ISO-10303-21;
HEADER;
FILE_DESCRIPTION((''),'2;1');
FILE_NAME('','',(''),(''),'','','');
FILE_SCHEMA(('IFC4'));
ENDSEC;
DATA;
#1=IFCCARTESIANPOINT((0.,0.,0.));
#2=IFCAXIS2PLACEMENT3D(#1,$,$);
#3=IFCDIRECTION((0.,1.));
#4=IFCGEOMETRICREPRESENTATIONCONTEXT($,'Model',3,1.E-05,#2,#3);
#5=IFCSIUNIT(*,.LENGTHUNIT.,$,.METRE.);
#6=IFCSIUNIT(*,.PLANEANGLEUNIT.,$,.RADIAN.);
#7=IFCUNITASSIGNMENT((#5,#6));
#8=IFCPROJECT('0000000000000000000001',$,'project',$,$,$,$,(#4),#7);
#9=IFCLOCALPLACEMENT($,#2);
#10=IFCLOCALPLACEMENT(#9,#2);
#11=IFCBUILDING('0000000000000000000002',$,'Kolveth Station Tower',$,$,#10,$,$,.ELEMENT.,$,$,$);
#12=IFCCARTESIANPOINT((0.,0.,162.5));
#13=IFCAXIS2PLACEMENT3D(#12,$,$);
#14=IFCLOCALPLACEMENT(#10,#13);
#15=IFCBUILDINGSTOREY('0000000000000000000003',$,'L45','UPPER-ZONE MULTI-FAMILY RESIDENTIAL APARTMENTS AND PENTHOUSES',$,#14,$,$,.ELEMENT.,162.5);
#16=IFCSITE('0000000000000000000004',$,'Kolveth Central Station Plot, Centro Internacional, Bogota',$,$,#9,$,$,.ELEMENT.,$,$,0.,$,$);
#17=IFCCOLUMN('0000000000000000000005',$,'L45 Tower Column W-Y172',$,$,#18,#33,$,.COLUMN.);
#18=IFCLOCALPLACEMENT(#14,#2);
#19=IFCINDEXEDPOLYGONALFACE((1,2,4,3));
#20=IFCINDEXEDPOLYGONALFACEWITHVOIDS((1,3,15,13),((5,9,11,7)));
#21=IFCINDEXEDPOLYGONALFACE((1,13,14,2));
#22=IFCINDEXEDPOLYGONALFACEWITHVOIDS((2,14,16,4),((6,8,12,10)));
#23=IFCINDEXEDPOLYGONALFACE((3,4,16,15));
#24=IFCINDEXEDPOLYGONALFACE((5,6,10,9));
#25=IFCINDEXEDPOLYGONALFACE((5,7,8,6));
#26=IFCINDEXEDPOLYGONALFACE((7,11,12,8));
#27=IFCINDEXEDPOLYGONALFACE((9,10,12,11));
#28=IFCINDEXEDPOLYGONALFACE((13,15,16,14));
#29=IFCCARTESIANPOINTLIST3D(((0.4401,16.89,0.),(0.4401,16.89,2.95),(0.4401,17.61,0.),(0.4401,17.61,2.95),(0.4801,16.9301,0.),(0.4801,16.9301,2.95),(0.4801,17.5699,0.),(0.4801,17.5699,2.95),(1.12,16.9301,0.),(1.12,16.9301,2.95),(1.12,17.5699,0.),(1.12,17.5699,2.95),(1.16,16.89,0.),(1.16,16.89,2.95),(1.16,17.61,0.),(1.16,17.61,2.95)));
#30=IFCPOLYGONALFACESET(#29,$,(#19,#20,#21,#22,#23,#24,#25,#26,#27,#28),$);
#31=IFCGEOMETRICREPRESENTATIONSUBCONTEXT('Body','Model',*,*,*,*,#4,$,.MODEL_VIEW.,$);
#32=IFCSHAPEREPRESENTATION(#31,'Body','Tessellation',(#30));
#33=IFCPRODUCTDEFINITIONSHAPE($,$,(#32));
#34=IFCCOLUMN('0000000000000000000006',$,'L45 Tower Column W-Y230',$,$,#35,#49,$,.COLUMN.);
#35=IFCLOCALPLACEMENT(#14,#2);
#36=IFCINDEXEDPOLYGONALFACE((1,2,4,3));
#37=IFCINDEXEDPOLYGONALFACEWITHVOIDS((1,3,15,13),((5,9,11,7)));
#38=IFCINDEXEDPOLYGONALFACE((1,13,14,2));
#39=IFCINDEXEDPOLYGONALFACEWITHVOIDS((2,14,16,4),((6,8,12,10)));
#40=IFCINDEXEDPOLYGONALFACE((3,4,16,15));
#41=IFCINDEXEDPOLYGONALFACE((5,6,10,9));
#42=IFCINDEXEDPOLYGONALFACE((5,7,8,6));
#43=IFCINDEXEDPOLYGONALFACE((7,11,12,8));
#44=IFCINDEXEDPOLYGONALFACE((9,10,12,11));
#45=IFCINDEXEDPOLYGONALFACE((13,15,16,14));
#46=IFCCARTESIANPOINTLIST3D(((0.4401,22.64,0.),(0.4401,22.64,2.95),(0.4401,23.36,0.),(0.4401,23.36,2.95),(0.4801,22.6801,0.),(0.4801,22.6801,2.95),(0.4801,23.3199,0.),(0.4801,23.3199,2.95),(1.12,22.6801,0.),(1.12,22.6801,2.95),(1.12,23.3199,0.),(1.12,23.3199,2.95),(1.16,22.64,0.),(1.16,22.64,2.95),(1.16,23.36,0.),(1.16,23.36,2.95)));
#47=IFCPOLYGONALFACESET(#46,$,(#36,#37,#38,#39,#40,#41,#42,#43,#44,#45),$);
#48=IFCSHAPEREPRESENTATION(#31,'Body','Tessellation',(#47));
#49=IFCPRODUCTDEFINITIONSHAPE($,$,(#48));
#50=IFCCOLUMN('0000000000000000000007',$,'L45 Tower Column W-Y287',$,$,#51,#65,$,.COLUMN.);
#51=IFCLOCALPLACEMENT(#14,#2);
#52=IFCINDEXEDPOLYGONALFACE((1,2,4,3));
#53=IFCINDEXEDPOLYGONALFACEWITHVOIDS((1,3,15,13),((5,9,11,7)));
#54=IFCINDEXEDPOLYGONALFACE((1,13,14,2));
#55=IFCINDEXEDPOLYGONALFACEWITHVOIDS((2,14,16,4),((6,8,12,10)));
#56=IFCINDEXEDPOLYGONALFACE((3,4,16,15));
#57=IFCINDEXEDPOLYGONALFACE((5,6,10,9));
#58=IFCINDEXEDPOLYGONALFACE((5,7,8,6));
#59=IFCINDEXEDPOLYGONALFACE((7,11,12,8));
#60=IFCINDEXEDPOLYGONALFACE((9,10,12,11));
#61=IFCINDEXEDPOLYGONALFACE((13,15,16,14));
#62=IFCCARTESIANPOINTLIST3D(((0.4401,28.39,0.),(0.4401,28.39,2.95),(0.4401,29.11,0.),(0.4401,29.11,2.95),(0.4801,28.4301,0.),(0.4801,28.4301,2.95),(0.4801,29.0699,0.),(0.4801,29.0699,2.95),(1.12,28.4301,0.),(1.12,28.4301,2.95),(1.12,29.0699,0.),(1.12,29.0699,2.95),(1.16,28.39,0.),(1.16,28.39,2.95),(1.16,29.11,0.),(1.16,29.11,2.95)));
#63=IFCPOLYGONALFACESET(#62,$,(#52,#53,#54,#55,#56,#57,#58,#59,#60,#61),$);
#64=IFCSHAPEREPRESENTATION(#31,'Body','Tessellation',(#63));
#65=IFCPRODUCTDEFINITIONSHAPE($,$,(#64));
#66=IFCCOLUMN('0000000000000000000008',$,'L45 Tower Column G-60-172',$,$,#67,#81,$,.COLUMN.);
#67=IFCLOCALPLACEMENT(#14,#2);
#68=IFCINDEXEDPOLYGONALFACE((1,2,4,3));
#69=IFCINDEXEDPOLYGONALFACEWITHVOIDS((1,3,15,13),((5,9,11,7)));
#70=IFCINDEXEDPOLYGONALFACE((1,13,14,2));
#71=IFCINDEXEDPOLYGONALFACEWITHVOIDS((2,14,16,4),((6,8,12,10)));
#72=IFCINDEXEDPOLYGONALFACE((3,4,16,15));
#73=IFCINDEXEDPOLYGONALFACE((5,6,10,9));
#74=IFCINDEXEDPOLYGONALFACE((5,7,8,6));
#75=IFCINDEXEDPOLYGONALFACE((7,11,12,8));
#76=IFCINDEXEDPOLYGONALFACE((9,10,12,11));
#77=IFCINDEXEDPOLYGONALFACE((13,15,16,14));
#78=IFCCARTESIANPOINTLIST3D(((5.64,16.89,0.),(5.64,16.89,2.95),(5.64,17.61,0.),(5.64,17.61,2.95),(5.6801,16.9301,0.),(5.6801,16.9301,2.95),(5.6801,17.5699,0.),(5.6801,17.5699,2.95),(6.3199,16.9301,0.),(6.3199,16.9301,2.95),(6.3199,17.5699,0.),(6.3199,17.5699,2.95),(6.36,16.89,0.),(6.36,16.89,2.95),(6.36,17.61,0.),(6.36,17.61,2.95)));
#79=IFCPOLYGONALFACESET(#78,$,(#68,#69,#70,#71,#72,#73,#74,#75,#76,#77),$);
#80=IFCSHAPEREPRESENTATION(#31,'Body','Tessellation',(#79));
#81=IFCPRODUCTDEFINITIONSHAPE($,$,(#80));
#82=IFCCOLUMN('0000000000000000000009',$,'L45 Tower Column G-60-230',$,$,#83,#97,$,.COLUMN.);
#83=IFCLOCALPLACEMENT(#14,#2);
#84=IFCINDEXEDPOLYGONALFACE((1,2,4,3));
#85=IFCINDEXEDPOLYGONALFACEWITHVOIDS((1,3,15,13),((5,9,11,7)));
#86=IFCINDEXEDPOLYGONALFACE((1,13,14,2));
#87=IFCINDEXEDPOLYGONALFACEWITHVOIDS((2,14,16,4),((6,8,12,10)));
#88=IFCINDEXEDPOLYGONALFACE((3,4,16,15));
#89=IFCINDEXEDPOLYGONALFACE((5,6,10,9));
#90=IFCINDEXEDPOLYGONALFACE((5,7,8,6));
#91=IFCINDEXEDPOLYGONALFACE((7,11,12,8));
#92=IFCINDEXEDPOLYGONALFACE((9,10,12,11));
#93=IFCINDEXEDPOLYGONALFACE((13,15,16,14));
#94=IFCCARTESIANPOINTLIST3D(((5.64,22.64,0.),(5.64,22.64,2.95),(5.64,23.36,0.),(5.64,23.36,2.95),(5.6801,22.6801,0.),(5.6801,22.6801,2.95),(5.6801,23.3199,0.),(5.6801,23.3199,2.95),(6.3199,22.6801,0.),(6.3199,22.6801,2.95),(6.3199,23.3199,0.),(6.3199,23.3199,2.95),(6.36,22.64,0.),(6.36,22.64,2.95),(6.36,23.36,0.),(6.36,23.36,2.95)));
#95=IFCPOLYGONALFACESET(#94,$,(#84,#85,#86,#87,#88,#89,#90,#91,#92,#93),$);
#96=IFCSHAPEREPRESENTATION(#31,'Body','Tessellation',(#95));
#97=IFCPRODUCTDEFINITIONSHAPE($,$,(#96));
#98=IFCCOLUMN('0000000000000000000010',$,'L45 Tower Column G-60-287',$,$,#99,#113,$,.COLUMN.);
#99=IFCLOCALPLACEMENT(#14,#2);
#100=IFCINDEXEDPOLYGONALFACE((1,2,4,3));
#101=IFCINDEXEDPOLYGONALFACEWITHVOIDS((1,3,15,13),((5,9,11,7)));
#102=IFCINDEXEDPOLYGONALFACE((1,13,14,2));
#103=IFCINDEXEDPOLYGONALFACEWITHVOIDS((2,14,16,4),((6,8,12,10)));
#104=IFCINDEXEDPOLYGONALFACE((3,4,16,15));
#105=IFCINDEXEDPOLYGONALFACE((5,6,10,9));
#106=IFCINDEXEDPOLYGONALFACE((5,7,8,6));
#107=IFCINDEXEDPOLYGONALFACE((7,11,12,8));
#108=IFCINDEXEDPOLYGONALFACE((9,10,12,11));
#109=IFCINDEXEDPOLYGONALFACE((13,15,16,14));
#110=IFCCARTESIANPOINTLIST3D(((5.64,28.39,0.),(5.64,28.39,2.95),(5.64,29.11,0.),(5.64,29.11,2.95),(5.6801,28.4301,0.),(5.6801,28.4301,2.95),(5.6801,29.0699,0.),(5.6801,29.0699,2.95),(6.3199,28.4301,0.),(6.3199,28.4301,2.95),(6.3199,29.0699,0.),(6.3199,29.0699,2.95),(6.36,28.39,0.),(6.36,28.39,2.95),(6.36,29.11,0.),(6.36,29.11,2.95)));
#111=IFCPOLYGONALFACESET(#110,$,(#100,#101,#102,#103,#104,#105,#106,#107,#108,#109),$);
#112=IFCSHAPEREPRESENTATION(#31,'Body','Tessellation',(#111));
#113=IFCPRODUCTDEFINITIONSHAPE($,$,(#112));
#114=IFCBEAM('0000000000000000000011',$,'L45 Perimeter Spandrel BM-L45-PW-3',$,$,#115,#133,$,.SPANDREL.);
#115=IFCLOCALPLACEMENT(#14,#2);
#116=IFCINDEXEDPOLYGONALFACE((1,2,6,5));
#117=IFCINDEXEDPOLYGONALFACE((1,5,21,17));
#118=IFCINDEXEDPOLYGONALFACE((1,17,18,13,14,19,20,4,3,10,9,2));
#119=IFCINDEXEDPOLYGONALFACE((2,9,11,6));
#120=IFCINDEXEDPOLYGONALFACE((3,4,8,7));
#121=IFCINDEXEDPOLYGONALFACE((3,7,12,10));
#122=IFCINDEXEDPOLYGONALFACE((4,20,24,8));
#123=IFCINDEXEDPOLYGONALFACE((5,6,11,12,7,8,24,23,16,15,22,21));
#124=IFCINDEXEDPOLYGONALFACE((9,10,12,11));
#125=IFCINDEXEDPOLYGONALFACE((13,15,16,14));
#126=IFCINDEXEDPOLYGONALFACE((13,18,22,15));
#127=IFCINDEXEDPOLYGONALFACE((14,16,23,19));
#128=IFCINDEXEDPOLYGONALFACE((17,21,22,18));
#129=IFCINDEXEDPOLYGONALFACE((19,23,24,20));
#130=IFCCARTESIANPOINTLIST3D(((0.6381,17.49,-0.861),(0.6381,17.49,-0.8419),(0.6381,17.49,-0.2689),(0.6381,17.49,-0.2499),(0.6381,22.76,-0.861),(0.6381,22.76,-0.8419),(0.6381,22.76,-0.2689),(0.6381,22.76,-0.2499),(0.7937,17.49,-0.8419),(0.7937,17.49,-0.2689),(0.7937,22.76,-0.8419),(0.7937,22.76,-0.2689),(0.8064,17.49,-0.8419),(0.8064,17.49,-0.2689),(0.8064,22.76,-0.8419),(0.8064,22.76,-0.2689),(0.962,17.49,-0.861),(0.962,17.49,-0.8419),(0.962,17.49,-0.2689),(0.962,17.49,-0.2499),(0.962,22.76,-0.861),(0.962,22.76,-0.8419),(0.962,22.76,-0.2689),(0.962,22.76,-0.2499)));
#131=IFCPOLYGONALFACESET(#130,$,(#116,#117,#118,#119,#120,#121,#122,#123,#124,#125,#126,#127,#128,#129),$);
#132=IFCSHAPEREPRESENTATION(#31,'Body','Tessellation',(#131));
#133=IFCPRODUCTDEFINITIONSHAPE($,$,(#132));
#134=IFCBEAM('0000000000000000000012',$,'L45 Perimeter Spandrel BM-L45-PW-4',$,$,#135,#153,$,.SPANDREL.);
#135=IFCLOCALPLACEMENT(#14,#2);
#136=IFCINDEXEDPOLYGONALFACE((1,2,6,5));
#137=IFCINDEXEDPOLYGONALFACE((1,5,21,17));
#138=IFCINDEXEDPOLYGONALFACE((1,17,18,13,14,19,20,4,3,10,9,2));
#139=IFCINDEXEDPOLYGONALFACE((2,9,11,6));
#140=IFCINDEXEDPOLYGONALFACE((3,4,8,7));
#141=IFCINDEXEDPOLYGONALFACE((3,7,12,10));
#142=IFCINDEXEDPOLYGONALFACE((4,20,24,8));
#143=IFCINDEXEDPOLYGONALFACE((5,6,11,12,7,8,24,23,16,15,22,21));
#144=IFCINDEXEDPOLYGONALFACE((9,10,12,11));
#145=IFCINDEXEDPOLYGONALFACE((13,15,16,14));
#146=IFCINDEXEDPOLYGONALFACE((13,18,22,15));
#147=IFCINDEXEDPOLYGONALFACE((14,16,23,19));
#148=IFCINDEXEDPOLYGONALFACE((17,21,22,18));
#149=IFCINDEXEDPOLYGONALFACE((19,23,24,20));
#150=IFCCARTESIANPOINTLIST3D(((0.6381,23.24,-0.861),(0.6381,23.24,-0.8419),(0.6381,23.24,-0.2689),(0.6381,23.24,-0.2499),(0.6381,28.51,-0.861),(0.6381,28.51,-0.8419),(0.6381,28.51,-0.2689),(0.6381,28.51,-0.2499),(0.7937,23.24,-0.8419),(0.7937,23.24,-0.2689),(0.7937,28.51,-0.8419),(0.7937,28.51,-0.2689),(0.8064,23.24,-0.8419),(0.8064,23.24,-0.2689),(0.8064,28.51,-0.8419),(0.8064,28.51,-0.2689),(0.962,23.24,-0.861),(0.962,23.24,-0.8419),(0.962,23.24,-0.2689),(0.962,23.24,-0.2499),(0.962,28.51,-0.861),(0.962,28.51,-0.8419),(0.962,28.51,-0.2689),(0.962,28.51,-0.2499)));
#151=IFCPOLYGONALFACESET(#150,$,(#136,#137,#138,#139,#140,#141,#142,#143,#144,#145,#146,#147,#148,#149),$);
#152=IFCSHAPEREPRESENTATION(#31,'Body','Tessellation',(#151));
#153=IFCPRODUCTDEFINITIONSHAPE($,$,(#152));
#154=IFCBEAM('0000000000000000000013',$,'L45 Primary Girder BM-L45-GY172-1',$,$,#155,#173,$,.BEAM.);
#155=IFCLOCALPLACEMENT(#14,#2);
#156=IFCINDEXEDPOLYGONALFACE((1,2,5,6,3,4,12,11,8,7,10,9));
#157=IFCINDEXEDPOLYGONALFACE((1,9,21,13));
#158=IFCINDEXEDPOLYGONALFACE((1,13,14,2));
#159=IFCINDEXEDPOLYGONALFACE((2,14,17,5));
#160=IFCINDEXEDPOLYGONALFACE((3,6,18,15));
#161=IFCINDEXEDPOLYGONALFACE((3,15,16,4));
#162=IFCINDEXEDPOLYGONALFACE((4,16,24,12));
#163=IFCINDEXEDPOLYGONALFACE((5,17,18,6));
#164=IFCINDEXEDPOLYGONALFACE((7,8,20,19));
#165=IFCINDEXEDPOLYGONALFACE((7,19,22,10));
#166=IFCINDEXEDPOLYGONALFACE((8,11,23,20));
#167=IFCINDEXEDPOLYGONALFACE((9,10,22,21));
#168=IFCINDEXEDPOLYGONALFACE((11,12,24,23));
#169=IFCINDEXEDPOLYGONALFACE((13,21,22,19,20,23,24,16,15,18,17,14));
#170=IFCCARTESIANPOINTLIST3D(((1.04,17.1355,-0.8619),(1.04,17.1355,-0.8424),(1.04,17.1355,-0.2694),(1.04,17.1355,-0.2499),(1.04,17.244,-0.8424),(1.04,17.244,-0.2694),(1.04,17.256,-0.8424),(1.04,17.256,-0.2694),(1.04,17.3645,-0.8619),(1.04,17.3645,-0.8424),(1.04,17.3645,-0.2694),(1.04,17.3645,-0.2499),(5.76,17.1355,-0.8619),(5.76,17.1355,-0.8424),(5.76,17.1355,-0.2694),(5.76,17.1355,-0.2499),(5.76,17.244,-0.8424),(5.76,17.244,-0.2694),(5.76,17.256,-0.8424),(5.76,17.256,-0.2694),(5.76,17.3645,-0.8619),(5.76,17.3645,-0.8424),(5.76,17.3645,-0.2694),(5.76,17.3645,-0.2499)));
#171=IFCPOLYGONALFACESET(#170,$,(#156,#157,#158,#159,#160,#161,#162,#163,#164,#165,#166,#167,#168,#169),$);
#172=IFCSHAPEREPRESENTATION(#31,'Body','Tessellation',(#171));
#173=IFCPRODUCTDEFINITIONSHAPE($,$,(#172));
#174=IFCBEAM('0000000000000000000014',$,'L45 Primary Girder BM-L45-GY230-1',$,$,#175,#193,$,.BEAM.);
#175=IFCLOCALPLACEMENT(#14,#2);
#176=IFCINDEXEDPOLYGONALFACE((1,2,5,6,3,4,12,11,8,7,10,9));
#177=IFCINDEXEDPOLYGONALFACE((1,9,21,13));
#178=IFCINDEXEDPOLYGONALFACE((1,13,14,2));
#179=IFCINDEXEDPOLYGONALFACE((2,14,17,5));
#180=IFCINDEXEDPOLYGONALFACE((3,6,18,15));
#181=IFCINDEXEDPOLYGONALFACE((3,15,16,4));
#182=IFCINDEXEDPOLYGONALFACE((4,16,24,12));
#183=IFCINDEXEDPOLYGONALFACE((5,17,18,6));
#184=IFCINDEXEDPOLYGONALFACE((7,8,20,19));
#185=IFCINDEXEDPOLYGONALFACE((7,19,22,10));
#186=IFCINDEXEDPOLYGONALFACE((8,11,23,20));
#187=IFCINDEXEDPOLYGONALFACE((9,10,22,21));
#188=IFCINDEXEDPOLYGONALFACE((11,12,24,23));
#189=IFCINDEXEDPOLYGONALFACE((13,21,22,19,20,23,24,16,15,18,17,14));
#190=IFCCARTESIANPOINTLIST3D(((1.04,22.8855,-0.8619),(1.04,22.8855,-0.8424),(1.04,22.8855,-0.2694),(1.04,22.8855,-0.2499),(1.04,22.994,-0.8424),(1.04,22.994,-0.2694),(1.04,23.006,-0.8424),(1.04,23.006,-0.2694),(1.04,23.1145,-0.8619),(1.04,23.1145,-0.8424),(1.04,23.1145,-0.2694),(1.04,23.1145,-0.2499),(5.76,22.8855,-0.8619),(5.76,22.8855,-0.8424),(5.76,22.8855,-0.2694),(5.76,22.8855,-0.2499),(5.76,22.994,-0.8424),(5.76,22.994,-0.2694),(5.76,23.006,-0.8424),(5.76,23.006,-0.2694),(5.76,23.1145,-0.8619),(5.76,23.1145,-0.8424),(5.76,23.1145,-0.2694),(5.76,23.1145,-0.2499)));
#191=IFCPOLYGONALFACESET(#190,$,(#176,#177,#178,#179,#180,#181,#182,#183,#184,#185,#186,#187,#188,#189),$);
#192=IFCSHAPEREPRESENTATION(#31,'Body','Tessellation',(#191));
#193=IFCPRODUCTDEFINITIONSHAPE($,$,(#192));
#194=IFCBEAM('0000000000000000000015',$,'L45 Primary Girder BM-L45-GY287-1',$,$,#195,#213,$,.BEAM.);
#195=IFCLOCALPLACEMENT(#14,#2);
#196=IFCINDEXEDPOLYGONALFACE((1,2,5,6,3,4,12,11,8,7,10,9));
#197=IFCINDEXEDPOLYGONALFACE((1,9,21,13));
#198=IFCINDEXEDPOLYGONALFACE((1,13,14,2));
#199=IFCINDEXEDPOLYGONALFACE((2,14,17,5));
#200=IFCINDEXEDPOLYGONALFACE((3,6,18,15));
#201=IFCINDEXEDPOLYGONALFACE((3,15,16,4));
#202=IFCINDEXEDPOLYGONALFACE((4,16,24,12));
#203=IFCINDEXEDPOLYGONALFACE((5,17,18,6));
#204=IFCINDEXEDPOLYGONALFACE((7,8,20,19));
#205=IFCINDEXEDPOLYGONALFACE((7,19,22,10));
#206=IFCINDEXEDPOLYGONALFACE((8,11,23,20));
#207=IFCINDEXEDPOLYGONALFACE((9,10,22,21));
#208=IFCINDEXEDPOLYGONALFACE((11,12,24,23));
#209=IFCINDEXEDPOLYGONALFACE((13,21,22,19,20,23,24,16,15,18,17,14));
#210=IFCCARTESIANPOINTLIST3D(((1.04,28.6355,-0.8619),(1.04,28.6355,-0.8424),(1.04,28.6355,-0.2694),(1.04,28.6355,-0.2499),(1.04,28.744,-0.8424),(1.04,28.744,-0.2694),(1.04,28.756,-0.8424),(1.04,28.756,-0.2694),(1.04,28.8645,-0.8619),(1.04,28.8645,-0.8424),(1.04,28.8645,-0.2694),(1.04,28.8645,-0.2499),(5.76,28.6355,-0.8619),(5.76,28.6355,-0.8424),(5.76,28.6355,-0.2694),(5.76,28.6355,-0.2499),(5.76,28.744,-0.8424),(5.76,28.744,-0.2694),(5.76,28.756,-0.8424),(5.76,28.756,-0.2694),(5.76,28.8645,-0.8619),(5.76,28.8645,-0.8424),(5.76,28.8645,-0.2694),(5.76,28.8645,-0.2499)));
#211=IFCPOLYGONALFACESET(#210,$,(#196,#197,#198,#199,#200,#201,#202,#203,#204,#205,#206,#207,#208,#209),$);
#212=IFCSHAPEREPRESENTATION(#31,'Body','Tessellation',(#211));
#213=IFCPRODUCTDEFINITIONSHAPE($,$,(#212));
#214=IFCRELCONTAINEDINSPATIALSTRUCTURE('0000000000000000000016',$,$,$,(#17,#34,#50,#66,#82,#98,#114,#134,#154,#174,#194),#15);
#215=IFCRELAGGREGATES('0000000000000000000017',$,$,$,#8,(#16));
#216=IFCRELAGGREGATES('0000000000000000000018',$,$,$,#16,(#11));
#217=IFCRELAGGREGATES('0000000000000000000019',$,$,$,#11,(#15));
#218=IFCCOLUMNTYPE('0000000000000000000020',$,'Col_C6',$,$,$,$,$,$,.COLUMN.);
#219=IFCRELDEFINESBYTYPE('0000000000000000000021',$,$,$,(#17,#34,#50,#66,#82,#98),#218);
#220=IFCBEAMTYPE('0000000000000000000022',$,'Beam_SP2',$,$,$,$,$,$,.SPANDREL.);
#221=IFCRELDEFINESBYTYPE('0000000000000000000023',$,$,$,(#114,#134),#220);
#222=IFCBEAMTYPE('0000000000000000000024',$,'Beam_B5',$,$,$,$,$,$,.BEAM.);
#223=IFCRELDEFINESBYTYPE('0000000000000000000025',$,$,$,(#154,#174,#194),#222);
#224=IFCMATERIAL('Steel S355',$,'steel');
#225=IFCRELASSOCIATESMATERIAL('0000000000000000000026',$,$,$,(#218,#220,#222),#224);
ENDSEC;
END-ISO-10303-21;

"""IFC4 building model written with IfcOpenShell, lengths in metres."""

from ifc_helpers import new_model, si_unit, direction, frame, origin, origin_2d, place, context, subcontext, project, spatial, hollow_rectangle, i_section, extrude, source, transform, mapped, material, material_profile, profile_set, type_object, element, save


model = new_model("IFC4")

# Units and contexts
model_context = context("Model", 3, precision=1e-05, world=origin(), true_north=direction((0.0, 1.0)))
body_context = subcontext(model_context, "Body", "Model", "MODEL_VIEW")
ifc_project = project(units=[si_unit("LENGTHUNIT", "METRE"), si_unit("PLANEANGLEUNIT", "RADIAN")], contexts=[model_context])

# Site, building, storey
site_placement = place(None, origin())
site = spatial("IfcSite", under=ifc_project, at=site_placement, Name="Kolveth Central Station Plot, Centro Internacional, Bogota", CompositionType="ELEMENT", RefElevation=0.0)
building_placement = place(site_placement, origin())
building = spatial("IfcBuilding", under=site, at=building_placement, Name="Kolveth Station Tower", CompositionType="ELEMENT")
storey_placement = place(building_placement, frame((0.0, 0.0, 162.5)))
storey = spatial("IfcBuildingStorey", under=building, at=storey_placement, Name="L45", Description="UPPER-ZONE MULTI-FAMILY RESIDENTIAL APARTMENTS AND PENTHOUSES", CompositionType="ELEMENT", Elevation=162.5)

# Columns
ifc_material_1 = material(Name="Steel S355", Category="steel")
ifc_material_profile_1 = material_profile(ifc_material_1, hollow_rectangle(XDim=0.72, YDim=0.72, WallThickness=0.04, at=origin_2d()), Name="BOX720x720x40")
ifc_profile_set_1 = profile_set([ifc_material_profile_1], Name="Steel S355")
column_type = type_object("IfcColumnType", Name="Col_C6", PredefinedType="COLUMN", material=ifc_profile_set_1)
shared_shape_1 = source(origin(), body_context, "Body", "SweptSolid", [
    extrude(hollow_rectangle(XDim=0.72, YDim=0.72, WallThickness=0.04, at=origin_2d()), origin(), (0.0, 0.0, 1.0), 2.95),
])
for number, where, z_axis, x_axis, name in (
    (1, (0.8, 17.25, 0.0), (0.0, 0.0, 1.0), (1.0, 0.0, 0.0), "L45 Tower Column W-Y172"),
    (2, (0.8, 23.0, 0.0), (0.0, 0.0, 1.0), (1.0, 0.0, 0.0), "L45 Tower Column W-Y230"),
    (3, (0.8, 28.75, 0.0), (0.0, 0.0, 1.0), (1.0, 0.0, 0.0), "L45 Tower Column W-Y287"),
    (4, (6.0, 17.25, 0.0), (0.0, 0.0, 1.0), (1.0, 0.0, 0.0), "L45 Tower Column G-60-172"),
    (5, (6.0, 23.0, 0.0), (0.0, 0.0, 1.0), (1.0, 0.0, 0.0), "L45 Tower Column G-60-230"),
    (6, (6.0, 28.75, 0.0), (0.0, 0.0, 1.0), (1.0, 0.0, 0.0), "L45 Tower Column G-60-287"),
):
    element("IfcColumn", number, at=place(storey_placement, frame(where, z_axis=z_axis, x_axis=x_axis)), inside=storey, type_object=column_type, Name=name, PredefinedType="COLUMN", context=body_context, shape_type="MappedRepresentation", body=[
        mapped(shared_shape_1, transform((0.0, 0.0, 0.0), x_axis=(1.0, 0.0, 0.0), y_axis=(0.0, 1.0, 0.0), z_axis=(0.0, 0.0, 1.0), scale=1.0)),
    ])

# Beams
ifc_material_profile_2 = material_profile(ifc_material_1, i_section(OverallWidth=0.324, OverallDepth=0.6111, WebThickness=0.0127, FlangeThickness=0.019, at=origin_2d()), Name="W610x155")
ifc_profile_set_2 = profile_set([ifc_material_profile_2], Name="Steel S355")
beam_type_1 = type_object("IfcBeamType", Name="Beam_SP2", PredefinedType="SPANDREL", material=ifc_profile_set_2)
shared_shape_2 = source(origin(), body_context, "Body", "SweptSolid", [
    extrude(i_section(OverallWidth=0.324, OverallDepth=0.6111, WebThickness=0.0127, FlangeThickness=0.019, at=origin_2d()), origin(), (0.0, 0.0, 1.0), 5.27),
])
for number, where, z_axis, x_axis, name in (
    (7, (0.8, 17.49, -0.5554), (0.0, 1.0, 0.0), (-1.0, 0.0, 0.0), "L45 Perimeter Spandrel BM-L45-PW-3"),
    (8, (0.8, 23.24, -0.5554), (0.0, 1.0, 0.0), (-1.0, 0.0, 0.0), "L45 Perimeter Spandrel BM-L45-PW-4"),
):
    element("IfcBeam", number, at=place(storey_placement, frame(where, z_axis=z_axis, x_axis=x_axis)), inside=storey, type_object=beam_type_1, Name=name, PredefinedType="SPANDREL", context=body_context, shape_type="MappedRepresentation", body=[
        mapped(shared_shape_2, transform((0.0, 0.0, 0.0), x_axis=(1.0, 0.0, 0.0), y_axis=(0.0, 1.0, 0.0), z_axis=(0.0, 0.0, 1.0), scale=1.0)),
    ])
ifc_material_profile_3 = material_profile(ifc_material_1, i_section(OverallWidth=0.229, OverallDepth=0.6121, WebThickness=0.012, FlangeThickness=0.0195, at=origin_2d()), Name="W610x125")
ifc_profile_set_3 = profile_set([ifc_material_profile_3], Name="Steel S355")
beam_type_2 = type_object("IfcBeamType", Name="Beam_B5", PredefinedType="BEAM", material=ifc_profile_set_3)
shared_shape_3 = source(origin(), body_context, "Body", "SweptSolid", [
    extrude(i_section(OverallWidth=0.229, OverallDepth=0.6121, WebThickness=0.012, FlangeThickness=0.0195, at=origin_2d()), origin(), (0.0, 0.0, 1.0), 4.72),
])
for number, where, z_axis, x_axis, name in (
    (9, (1.04, 17.25, -0.5559), (1.0, 0.0, 0.0), (0.0, 1.0, 0.0), "L45 Primary Girder BM-L45-GY172-1"),
    (10, (1.04, 23.0, -0.5559), (1.0, 0.0, 0.0), (0.0, 1.0, 0.0), "L45 Primary Girder BM-L45-GY230-1"),
    (11, (1.04, 28.75, -0.5559), (1.0, 0.0, 0.0), (0.0, 1.0, 0.0), "L45 Primary Girder BM-L45-GY287-1"),
):
    element("IfcBeam", number, at=place(storey_placement, frame(where, z_axis=z_axis, x_axis=x_axis)), inside=storey, type_object=beam_type_2, Name=name, PredefinedType="BEAM", context=body_context, shape_type="MappedRepresentation", body=[
        mapped(shared_shape_3, transform((0.0, 0.0, 0.0), x_axis=(1.0, 0.0, 0.0), y_axis=(0.0, 1.0, 0.0), z_axis=(0.0, 0.0, 1.0), scale=1.0)),
    ])

save(model, "model.ifc")
